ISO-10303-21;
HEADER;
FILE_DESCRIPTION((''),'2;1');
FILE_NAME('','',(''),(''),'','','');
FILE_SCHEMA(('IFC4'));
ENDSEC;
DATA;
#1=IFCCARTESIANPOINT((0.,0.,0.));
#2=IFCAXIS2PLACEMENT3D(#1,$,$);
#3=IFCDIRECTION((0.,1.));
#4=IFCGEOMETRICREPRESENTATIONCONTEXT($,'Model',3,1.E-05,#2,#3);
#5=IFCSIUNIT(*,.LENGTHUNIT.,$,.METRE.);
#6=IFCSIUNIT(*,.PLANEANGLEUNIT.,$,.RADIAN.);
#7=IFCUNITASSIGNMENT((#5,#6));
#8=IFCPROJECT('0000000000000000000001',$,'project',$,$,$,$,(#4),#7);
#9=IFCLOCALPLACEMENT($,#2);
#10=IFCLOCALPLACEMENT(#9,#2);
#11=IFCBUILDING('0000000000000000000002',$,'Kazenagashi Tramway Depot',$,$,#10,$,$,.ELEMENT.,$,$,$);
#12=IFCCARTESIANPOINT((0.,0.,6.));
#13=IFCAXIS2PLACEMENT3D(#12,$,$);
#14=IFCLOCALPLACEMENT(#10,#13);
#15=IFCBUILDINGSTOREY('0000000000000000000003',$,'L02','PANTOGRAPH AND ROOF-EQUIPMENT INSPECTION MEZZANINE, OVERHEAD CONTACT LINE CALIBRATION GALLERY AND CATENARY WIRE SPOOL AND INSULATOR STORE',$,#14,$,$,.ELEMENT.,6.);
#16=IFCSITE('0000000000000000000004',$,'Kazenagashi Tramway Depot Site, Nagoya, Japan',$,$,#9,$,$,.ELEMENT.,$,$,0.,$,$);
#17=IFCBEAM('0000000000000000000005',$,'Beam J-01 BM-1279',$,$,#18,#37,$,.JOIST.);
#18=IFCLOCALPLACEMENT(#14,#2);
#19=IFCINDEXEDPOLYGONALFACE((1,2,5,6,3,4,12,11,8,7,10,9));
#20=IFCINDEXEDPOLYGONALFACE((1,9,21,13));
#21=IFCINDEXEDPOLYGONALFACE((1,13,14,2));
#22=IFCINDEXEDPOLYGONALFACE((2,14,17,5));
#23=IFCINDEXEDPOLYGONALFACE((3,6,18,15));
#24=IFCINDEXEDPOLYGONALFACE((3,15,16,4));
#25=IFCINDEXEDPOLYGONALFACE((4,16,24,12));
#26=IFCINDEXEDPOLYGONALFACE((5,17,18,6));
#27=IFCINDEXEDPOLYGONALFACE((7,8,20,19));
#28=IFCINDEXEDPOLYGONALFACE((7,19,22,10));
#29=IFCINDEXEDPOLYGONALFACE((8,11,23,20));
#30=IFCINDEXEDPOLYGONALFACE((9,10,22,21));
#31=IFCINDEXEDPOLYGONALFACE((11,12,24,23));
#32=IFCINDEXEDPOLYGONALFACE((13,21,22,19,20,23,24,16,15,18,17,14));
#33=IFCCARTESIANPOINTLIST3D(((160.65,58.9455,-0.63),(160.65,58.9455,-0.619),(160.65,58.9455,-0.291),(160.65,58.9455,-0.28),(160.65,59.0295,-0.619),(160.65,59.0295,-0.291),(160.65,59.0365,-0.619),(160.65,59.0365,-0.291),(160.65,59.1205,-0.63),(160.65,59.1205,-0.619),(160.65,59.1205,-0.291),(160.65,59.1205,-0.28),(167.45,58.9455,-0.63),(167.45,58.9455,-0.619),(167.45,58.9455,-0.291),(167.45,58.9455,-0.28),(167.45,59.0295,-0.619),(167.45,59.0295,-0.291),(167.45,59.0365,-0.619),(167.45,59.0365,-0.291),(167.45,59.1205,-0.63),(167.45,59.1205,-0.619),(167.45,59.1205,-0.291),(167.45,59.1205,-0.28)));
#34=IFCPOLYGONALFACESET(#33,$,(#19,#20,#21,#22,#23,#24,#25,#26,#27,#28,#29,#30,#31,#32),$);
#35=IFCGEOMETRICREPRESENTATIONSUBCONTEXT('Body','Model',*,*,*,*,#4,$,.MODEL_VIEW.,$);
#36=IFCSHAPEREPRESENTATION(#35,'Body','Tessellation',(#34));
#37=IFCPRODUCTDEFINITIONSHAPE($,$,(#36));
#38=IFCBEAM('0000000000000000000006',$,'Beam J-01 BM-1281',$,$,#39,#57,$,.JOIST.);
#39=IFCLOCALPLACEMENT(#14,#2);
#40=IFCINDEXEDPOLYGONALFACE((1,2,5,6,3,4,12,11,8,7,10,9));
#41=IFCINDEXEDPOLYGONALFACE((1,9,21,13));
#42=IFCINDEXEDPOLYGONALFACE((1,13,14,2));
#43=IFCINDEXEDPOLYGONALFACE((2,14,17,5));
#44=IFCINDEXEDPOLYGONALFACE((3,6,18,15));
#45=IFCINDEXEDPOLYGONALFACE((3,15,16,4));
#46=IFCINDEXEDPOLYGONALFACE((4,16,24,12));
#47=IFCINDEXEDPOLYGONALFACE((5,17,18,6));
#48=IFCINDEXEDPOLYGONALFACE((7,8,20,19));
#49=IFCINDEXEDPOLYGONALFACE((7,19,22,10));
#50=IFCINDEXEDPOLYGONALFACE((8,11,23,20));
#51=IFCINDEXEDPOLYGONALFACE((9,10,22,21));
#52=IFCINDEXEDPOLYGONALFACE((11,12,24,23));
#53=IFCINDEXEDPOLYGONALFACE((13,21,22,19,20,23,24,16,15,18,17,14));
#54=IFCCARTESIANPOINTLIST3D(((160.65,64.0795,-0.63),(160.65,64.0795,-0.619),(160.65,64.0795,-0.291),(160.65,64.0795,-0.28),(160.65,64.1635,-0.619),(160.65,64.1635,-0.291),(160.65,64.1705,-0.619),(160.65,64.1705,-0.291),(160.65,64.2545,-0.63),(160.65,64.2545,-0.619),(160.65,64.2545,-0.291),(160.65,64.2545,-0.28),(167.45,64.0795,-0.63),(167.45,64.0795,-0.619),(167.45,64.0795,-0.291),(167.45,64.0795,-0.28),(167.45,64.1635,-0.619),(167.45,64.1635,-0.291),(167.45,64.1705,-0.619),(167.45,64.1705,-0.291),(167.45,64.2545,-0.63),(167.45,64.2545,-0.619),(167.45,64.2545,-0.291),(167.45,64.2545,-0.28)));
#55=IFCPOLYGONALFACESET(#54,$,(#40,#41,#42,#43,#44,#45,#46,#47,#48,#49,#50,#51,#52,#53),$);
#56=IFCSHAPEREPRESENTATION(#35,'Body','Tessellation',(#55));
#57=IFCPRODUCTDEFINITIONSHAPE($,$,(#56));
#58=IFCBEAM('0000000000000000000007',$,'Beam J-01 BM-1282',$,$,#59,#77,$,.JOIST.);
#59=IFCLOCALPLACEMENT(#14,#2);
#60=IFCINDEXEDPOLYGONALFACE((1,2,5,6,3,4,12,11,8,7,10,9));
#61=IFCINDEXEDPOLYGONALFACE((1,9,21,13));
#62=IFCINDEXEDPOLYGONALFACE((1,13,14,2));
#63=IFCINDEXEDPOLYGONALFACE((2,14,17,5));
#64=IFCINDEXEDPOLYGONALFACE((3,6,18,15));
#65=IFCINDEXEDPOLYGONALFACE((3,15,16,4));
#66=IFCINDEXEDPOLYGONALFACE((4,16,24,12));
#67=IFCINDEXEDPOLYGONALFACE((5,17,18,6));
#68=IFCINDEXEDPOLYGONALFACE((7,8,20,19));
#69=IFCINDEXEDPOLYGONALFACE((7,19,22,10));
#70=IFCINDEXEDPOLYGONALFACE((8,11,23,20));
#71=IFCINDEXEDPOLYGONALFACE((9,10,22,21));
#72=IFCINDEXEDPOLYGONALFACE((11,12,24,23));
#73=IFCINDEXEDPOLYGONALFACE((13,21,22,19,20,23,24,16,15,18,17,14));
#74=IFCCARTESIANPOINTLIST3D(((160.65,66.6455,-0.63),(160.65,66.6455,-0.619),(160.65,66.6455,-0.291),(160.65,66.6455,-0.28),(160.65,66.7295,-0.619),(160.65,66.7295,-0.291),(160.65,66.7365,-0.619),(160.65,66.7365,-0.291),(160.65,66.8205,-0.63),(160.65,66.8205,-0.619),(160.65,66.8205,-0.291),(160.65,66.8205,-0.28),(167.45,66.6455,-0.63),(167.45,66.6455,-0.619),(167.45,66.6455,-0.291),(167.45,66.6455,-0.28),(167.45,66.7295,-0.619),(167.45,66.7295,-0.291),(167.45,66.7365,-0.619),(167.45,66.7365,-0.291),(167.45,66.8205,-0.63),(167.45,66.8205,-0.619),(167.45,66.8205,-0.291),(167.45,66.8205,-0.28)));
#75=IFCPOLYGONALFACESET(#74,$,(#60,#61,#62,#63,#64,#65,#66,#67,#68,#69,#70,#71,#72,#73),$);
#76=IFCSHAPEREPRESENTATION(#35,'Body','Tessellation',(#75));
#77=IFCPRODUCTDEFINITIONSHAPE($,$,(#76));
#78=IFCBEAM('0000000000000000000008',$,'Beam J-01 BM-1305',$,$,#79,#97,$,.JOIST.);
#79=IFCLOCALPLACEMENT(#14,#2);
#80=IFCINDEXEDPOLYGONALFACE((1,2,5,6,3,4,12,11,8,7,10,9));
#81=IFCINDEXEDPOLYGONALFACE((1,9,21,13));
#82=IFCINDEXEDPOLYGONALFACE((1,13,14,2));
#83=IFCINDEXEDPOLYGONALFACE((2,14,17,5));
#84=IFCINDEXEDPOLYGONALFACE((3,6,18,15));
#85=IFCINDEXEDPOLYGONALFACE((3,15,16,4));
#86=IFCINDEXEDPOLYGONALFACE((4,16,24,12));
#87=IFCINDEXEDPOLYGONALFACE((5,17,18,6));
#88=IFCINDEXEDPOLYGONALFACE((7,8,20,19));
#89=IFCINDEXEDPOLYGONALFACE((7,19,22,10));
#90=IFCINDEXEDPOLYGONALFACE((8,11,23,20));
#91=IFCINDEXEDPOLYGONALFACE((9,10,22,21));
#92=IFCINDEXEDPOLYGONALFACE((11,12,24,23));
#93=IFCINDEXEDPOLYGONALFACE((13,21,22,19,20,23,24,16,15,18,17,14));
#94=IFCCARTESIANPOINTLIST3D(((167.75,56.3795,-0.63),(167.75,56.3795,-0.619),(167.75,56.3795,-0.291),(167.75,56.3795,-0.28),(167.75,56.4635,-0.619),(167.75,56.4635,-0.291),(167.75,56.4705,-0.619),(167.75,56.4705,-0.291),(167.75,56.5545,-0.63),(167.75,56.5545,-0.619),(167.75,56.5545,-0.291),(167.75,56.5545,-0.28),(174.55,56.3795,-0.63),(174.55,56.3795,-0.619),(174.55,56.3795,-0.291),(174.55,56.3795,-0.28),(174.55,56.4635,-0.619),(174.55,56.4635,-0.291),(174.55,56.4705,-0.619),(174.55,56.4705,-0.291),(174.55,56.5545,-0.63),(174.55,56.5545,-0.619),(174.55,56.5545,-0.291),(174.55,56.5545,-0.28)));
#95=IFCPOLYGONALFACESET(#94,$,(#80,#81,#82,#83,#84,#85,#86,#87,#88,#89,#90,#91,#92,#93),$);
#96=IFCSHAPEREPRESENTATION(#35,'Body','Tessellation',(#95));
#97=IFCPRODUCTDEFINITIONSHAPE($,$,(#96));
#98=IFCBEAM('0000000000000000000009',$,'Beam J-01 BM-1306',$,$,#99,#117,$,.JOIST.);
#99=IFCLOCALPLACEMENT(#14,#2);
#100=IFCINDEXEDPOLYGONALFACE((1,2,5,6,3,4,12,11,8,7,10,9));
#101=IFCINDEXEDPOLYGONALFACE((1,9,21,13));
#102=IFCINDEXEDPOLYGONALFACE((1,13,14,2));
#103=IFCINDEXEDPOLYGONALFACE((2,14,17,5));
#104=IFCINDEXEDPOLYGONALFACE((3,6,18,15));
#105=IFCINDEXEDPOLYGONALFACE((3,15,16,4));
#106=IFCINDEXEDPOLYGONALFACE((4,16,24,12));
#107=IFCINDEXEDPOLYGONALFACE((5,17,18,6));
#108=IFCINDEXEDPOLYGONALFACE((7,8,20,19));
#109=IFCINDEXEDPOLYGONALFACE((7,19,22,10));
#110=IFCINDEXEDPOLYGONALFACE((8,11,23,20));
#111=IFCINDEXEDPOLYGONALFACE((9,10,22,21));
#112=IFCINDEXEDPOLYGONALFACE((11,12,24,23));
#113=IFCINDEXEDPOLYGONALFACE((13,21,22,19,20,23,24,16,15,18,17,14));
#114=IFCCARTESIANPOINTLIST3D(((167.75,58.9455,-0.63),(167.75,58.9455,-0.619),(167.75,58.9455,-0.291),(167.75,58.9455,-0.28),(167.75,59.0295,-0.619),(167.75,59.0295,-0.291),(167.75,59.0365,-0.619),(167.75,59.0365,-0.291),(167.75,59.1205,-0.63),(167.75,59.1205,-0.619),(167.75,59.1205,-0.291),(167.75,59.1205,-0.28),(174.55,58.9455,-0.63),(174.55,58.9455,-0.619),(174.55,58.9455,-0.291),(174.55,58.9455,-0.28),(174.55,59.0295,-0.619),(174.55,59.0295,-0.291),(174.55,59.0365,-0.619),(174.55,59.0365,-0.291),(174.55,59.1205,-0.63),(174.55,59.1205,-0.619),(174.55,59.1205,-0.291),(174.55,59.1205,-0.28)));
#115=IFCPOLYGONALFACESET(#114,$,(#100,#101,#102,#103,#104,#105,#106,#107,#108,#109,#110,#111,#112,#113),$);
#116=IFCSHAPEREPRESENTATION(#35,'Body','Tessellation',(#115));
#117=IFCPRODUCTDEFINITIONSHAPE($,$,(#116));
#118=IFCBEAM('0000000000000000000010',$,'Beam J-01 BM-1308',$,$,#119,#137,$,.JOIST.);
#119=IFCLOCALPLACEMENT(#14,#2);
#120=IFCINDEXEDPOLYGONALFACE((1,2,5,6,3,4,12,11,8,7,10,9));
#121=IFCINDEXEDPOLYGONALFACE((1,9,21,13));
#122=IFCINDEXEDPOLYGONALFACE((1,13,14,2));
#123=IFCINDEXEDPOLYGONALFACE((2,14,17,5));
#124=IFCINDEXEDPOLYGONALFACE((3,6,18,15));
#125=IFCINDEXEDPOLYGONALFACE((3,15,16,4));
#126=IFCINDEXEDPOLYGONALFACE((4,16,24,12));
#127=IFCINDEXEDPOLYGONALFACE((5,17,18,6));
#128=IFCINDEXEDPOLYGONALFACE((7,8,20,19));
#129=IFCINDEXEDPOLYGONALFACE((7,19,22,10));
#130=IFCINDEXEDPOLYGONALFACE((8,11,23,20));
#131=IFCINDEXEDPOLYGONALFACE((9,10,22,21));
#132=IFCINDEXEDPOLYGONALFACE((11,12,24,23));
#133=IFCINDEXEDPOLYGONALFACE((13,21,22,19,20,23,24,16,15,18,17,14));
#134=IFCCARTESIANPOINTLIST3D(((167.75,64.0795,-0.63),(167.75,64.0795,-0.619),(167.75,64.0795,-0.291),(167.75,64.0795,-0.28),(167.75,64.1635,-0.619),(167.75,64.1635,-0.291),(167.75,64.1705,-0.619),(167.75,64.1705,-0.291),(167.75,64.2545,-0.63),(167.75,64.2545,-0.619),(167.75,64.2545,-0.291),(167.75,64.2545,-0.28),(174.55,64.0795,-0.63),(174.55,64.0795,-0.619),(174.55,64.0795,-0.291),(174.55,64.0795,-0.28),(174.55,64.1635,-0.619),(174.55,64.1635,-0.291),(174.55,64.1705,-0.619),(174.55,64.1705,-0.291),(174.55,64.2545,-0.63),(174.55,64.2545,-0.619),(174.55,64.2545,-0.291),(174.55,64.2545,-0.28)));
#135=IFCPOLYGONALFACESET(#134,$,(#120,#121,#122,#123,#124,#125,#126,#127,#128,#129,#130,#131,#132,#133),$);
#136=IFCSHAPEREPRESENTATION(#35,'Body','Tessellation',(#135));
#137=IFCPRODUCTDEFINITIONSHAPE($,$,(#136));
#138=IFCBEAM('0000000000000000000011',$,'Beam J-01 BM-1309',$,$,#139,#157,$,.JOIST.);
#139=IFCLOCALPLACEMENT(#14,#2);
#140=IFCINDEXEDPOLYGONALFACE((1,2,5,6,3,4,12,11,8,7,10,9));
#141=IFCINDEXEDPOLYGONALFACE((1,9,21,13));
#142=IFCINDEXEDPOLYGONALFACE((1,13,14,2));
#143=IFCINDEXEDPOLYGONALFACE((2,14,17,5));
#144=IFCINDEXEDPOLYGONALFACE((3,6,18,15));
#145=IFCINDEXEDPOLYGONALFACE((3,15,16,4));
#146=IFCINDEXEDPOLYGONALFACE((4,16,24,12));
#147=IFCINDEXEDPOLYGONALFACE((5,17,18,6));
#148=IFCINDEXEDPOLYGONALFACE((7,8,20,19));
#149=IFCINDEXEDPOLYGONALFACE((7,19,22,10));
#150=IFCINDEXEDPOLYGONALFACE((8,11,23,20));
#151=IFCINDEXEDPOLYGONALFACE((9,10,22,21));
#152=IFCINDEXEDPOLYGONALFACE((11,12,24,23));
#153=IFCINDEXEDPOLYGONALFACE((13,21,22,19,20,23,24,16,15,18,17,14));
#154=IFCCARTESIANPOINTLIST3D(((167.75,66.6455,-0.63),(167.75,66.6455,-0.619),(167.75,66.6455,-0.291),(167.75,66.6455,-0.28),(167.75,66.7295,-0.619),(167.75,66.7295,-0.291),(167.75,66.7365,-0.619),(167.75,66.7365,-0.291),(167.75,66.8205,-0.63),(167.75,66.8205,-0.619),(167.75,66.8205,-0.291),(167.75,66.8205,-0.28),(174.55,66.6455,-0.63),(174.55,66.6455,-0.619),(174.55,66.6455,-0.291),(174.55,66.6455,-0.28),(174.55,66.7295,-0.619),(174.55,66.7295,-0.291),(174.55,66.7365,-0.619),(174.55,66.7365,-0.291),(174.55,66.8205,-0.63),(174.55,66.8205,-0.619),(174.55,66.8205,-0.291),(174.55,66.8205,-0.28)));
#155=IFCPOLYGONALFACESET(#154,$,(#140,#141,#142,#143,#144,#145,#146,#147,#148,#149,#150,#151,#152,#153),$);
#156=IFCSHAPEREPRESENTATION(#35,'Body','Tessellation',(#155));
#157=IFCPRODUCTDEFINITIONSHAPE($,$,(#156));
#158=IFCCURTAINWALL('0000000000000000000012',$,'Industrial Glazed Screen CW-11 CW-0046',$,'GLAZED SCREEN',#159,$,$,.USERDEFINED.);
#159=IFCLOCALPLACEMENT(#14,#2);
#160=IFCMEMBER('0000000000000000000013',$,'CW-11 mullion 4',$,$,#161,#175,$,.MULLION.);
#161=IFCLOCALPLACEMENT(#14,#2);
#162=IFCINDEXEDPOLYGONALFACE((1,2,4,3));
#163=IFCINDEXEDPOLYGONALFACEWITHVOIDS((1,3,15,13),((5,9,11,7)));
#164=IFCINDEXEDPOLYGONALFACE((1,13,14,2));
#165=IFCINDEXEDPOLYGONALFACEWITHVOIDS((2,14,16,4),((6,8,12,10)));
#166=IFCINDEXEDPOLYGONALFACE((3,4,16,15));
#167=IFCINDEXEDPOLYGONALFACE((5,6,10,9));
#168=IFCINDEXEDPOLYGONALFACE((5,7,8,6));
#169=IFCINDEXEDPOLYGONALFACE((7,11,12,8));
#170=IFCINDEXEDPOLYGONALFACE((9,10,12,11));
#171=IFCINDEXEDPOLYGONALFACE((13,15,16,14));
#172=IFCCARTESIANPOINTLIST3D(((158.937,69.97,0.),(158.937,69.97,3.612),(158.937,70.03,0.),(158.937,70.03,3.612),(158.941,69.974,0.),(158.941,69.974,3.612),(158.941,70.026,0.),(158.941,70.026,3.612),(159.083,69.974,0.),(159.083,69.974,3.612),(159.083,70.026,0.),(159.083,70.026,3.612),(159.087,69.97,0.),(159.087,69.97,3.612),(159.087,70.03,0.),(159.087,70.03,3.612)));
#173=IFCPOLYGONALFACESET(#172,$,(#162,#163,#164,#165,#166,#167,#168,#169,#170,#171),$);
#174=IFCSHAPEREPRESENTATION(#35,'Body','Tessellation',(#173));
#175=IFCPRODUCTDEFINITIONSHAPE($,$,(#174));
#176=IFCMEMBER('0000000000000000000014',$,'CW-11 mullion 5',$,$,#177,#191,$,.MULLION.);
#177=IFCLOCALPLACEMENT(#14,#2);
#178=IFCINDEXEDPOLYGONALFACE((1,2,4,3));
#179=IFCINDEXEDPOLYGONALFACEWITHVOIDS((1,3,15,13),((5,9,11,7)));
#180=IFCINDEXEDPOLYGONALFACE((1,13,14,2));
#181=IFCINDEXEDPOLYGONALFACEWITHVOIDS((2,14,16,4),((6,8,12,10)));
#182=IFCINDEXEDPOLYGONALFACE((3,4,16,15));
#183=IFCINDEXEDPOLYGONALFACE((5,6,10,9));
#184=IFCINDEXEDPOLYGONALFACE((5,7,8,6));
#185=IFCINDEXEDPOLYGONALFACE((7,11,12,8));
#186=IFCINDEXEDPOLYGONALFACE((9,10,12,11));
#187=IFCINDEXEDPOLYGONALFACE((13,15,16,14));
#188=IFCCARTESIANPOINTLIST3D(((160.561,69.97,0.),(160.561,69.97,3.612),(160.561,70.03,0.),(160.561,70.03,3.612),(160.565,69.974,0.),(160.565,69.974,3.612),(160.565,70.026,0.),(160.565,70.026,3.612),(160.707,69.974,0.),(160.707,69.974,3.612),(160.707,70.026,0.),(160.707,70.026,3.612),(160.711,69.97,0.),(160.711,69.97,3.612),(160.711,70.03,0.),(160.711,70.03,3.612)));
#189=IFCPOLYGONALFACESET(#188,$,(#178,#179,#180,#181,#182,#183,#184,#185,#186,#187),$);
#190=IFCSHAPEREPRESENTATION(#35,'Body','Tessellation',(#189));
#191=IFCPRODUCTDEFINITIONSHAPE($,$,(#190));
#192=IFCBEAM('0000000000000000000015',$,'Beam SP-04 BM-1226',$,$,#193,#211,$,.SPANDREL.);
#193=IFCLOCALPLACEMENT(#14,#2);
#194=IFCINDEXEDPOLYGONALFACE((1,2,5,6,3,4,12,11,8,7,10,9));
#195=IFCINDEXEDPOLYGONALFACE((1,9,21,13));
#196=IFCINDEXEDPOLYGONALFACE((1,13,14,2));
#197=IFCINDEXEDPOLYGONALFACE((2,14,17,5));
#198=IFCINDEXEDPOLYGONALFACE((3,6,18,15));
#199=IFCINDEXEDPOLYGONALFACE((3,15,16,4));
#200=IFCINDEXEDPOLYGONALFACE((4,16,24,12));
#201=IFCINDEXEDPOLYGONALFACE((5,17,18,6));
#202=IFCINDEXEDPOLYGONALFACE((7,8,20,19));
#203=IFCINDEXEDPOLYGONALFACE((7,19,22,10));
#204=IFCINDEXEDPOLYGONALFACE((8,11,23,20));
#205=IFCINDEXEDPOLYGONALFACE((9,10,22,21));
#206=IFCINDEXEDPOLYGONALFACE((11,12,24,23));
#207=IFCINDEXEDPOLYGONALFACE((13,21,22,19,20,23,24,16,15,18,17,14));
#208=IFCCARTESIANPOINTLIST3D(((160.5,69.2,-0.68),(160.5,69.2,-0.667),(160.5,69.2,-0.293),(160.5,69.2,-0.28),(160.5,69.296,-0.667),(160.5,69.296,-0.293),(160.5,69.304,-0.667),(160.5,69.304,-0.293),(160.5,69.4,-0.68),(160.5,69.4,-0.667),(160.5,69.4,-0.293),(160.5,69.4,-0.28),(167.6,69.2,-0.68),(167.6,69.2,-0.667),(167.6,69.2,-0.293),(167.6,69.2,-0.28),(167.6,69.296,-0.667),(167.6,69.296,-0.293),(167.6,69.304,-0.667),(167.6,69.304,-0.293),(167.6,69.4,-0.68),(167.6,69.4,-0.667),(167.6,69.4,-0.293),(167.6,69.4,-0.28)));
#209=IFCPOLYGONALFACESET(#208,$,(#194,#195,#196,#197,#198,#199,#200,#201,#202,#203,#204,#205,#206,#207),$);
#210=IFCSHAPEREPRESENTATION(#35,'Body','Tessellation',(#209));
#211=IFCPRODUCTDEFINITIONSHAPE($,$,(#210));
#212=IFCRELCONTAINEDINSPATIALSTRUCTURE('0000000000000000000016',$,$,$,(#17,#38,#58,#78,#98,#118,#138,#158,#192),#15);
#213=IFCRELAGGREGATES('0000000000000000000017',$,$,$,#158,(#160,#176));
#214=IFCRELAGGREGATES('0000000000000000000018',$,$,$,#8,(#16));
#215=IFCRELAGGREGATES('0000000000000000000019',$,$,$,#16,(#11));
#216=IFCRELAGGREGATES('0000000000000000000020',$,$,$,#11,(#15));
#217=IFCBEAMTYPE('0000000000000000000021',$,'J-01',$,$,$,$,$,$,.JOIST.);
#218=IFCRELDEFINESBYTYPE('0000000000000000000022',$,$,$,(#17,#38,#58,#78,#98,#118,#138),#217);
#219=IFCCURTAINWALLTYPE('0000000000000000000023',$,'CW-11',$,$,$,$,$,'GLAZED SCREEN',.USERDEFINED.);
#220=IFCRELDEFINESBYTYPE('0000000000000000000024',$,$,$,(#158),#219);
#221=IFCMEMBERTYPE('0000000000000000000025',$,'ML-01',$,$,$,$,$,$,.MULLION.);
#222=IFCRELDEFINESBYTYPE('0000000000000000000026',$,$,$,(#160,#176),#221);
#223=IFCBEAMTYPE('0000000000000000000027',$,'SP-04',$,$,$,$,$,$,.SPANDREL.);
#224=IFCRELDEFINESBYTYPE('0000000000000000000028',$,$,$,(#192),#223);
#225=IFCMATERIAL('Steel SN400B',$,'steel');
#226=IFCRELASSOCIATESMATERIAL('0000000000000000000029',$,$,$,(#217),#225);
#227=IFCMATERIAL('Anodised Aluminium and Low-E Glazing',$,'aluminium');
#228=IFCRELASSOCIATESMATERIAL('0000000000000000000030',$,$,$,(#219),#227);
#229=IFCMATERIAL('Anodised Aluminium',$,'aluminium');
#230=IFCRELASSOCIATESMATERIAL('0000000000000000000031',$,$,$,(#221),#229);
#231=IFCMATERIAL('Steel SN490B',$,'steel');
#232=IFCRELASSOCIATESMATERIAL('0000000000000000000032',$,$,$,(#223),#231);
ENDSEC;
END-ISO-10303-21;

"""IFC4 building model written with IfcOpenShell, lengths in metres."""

from ifc_helpers import new_model, si_unit, direction, frame, origin, origin_2d, place, context, subcontext, project, spatial, hollow_rectangle, i_section, extrude, material, material_profile, profile_set, type_object, element, aggregate, save


model = new_model("IFC4")

# Units and contexts
model_context = context("Model", 3, precision=1e-05, world=origin(), true_north=direction((0.0, 1.0)))
body_context = subcontext(model_context, "Body", "Model", "MODEL_VIEW")
ifc_project = project(units=[si_unit("LENGTHUNIT", "METRE"), si_unit("PLANEANGLEUNIT", "RADIAN")], contexts=[model_context])

# Site, building, storey
site_placement = place(None, origin())
site = spatial("IfcSite", under=ifc_project, at=site_placement, Name="Kazenagashi Tramway Depot Site, Nagoya, Japan", CompositionType="ELEMENT", RefElevation=0.0)
building_placement = place(site_placement, origin())
building = spatial("IfcBuilding", under=site, at=building_placement, Name="Kazenagashi Tramway Depot", CompositionType="ELEMENT")
storey_placement = place(building_placement, frame((0.0, 0.0, 6.0)))
storey = spatial("IfcBuildingStorey", under=building, at=storey_placement, Name="L02", Description="PANTOGRAPH AND ROOF-EQUIPMENT INSPECTION MEZZANINE, OVERHEAD CONTACT LINE CALIBRATION GALLERY AND CATENARY WIRE SPOOL AND INSULATOR STORE", CompositionType="ELEMENT", Elevation=6.0)

# Shared definitions
ifc_material_1 = material(Name="Steel SN490B", Category="steel")

# Beams
ifc_material_2 = material(Name="Steel SN400B", Category="steel")
ifc_material_profile_1 = material_profile(ifc_material_2, i_section(OverallWidth=0.175, OverallDepth=0.35, WebThickness=0.007, FlangeThickness=0.011, at=origin_2d()), Name="H-350x175x7x11")
ifc_profile_set_1 = profile_set([ifc_material_profile_1], Name="Steel SN400B")
beam_type_1 = type_object("IfcBeamType", Name="J-01", PredefinedType="JOIST", material=ifc_profile_set_1)
for number, where, z_axis, x_axis, name in (
    (1, (160.65, 59.033, -0.455), (1.0, 0.0, 0.0), (0.0, 1.0, 0.0), "Beam J-01 BM-1279"),
    (2, (160.65, 64.167, -0.455), (1.0, 0.0, 0.0), (0.0, 1.0, 0.0), "Beam J-01 BM-1281"),
    (3, (160.65, 66.733, -0.455), (1.0, 0.0, 0.0), (0.0, 1.0, 0.0), "Beam J-01 BM-1282"),
    (4, (167.75, 56.467, -0.455), (1.0, 0.0, 0.0), (0.0, 1.0, 0.0), "Beam J-01 BM-1305"),
    (5, (167.75, 59.033, -0.455), (1.0, 0.0, 0.0), (0.0, 1.0, 0.0), "Beam J-01 BM-1306"),
    (6, (167.75, 64.167, -0.455), (1.0, 0.0, 0.0), (0.0, 1.0, 0.0), "Beam J-01 BM-1308"),
    (7, (167.75, 66.733, -0.455), (1.0, 0.0, 0.0), (0.0, 1.0, 0.0), "Beam J-01 BM-1309"),
):
    element("IfcBeam", number, at=place(storey_placement, frame(where, z_axis=z_axis, x_axis=x_axis)), inside=storey, type_object=beam_type_1, Name=name, PredefinedType="JOIST", context=body_context, shape_type="SweptSolid", body=[
        extrude(i_section(OverallWidth=0.175, OverallDepth=0.35, WebThickness=0.007, FlangeThickness=0.011, at=origin_2d()), origin(), (0.0, 0.0, 1.0), 6.8),
    ])

# Curtain wall, members
ifc_material_3 = material(Name="Anodised Aluminium and Low-E Glazing", Category="aluminium")
curtain_wall_type = type_object("IfcCurtainWallType", Name="CW-11", ElementType="GLAZED SCREEN", PredefinedType="USERDEFINED", material=ifc_material_3)
curtain_wall_placement = place(storey_placement, origin())
curtain_wall = element("IfcCurtainWall", 8, at=curtain_wall_placement, inside=storey, type_object=curtain_wall_type, Name="Industrial Glazed Screen CW-11 CW-0046", ObjectType="GLAZED SCREEN", PredefinedType="USERDEFINED")
ifc_material_4 = material(Name="Anodised Aluminium", Category="aluminium")
ifc_material_profile_2 = material_profile(ifc_material_4, hollow_rectangle(XDim=0.06, YDim=0.15, WallThickness=0.004, at=origin_2d()), Name="RHS-150x60x4")
ifc_profile_set_2 = profile_set([ifc_material_profile_2], Name="Anodised Aluminium")
member_type_1 = type_object("IfcMemberType", Name="ML-01", PredefinedType="MULLION", material=ifc_profile_set_2)
member_1_placement = place(storey_placement, frame((159.012, 70.0, 0.0), z_axis=(0.0, 0.0, 1.0), x_axis=(0.0, 1.0, 0.0)))
member_1 = element("IfcMember", 9, at=member_1_placement, type_object=member_type_1, Name="CW-11 mullion 4", PredefinedType="MULLION", context=body_context, shape_type="SweptSolid", body=[
    extrude(hollow_rectangle(XDim=0.06, YDim=0.15, WallThickness=0.004, at=origin_2d()), origin(), (0.0, 0.0, 1.0), 3.612),
])
member_2_placement = place(storey_placement, frame((160.636, 70.0, 0.0), z_axis=(0.0, 0.0, 1.0), x_axis=(0.0, 1.0, 0.0)))
member_2 = element("IfcMember", 10, at=member_2_placement, type_object=member_type_1, Name="CW-11 mullion 5", PredefinedType="MULLION", context=body_context, shape_type="SweptSolid", body=[
    extrude(hollow_rectangle(XDim=0.06, YDim=0.15, WallThickness=0.004, at=origin_2d()), origin(), (0.0, 0.0, 1.0), 3.612),
])

# Beam
ifc_material_profile_3 = material_profile(ifc_material_1, i_section(OverallWidth=0.2, OverallDepth=0.4, WebThickness=0.008, FlangeThickness=0.013, at=origin_2d()), Name="H-400x200x8x13")
ifc_profile_set_3 = profile_set([ifc_material_profile_3], Name="Steel SN490B")
beam_type_2 = type_object("IfcBeamType", Name="SP-04", PredefinedType="SPANDREL", material=ifc_profile_set_3)
for number, where, z_axis, x_axis, name in (
    (11, (160.5, 69.3, -0.48), (1.0, 0.0, 0.0), (0.0, 1.0, 0.0), "Beam SP-04 BM-1226"),
):
    element("IfcBeam", number, at=place(storey_placement, frame(where, z_axis=z_axis, x_axis=x_axis)), inside=storey, type_object=beam_type_2, Name=name, PredefinedType="SPANDREL", context=body_context, shape_type="SweptSolid", body=[
        extrude(i_section(OverallWidth=0.2, OverallDepth=0.4, WebThickness=0.008, FlangeThickness=0.013, at=origin_2d()), origin(), (0.0, 0.0, 1.0), 7.1),
    ])

aggregate(curtain_wall, [member_1, member_2])

save(model, "model.ifc")
